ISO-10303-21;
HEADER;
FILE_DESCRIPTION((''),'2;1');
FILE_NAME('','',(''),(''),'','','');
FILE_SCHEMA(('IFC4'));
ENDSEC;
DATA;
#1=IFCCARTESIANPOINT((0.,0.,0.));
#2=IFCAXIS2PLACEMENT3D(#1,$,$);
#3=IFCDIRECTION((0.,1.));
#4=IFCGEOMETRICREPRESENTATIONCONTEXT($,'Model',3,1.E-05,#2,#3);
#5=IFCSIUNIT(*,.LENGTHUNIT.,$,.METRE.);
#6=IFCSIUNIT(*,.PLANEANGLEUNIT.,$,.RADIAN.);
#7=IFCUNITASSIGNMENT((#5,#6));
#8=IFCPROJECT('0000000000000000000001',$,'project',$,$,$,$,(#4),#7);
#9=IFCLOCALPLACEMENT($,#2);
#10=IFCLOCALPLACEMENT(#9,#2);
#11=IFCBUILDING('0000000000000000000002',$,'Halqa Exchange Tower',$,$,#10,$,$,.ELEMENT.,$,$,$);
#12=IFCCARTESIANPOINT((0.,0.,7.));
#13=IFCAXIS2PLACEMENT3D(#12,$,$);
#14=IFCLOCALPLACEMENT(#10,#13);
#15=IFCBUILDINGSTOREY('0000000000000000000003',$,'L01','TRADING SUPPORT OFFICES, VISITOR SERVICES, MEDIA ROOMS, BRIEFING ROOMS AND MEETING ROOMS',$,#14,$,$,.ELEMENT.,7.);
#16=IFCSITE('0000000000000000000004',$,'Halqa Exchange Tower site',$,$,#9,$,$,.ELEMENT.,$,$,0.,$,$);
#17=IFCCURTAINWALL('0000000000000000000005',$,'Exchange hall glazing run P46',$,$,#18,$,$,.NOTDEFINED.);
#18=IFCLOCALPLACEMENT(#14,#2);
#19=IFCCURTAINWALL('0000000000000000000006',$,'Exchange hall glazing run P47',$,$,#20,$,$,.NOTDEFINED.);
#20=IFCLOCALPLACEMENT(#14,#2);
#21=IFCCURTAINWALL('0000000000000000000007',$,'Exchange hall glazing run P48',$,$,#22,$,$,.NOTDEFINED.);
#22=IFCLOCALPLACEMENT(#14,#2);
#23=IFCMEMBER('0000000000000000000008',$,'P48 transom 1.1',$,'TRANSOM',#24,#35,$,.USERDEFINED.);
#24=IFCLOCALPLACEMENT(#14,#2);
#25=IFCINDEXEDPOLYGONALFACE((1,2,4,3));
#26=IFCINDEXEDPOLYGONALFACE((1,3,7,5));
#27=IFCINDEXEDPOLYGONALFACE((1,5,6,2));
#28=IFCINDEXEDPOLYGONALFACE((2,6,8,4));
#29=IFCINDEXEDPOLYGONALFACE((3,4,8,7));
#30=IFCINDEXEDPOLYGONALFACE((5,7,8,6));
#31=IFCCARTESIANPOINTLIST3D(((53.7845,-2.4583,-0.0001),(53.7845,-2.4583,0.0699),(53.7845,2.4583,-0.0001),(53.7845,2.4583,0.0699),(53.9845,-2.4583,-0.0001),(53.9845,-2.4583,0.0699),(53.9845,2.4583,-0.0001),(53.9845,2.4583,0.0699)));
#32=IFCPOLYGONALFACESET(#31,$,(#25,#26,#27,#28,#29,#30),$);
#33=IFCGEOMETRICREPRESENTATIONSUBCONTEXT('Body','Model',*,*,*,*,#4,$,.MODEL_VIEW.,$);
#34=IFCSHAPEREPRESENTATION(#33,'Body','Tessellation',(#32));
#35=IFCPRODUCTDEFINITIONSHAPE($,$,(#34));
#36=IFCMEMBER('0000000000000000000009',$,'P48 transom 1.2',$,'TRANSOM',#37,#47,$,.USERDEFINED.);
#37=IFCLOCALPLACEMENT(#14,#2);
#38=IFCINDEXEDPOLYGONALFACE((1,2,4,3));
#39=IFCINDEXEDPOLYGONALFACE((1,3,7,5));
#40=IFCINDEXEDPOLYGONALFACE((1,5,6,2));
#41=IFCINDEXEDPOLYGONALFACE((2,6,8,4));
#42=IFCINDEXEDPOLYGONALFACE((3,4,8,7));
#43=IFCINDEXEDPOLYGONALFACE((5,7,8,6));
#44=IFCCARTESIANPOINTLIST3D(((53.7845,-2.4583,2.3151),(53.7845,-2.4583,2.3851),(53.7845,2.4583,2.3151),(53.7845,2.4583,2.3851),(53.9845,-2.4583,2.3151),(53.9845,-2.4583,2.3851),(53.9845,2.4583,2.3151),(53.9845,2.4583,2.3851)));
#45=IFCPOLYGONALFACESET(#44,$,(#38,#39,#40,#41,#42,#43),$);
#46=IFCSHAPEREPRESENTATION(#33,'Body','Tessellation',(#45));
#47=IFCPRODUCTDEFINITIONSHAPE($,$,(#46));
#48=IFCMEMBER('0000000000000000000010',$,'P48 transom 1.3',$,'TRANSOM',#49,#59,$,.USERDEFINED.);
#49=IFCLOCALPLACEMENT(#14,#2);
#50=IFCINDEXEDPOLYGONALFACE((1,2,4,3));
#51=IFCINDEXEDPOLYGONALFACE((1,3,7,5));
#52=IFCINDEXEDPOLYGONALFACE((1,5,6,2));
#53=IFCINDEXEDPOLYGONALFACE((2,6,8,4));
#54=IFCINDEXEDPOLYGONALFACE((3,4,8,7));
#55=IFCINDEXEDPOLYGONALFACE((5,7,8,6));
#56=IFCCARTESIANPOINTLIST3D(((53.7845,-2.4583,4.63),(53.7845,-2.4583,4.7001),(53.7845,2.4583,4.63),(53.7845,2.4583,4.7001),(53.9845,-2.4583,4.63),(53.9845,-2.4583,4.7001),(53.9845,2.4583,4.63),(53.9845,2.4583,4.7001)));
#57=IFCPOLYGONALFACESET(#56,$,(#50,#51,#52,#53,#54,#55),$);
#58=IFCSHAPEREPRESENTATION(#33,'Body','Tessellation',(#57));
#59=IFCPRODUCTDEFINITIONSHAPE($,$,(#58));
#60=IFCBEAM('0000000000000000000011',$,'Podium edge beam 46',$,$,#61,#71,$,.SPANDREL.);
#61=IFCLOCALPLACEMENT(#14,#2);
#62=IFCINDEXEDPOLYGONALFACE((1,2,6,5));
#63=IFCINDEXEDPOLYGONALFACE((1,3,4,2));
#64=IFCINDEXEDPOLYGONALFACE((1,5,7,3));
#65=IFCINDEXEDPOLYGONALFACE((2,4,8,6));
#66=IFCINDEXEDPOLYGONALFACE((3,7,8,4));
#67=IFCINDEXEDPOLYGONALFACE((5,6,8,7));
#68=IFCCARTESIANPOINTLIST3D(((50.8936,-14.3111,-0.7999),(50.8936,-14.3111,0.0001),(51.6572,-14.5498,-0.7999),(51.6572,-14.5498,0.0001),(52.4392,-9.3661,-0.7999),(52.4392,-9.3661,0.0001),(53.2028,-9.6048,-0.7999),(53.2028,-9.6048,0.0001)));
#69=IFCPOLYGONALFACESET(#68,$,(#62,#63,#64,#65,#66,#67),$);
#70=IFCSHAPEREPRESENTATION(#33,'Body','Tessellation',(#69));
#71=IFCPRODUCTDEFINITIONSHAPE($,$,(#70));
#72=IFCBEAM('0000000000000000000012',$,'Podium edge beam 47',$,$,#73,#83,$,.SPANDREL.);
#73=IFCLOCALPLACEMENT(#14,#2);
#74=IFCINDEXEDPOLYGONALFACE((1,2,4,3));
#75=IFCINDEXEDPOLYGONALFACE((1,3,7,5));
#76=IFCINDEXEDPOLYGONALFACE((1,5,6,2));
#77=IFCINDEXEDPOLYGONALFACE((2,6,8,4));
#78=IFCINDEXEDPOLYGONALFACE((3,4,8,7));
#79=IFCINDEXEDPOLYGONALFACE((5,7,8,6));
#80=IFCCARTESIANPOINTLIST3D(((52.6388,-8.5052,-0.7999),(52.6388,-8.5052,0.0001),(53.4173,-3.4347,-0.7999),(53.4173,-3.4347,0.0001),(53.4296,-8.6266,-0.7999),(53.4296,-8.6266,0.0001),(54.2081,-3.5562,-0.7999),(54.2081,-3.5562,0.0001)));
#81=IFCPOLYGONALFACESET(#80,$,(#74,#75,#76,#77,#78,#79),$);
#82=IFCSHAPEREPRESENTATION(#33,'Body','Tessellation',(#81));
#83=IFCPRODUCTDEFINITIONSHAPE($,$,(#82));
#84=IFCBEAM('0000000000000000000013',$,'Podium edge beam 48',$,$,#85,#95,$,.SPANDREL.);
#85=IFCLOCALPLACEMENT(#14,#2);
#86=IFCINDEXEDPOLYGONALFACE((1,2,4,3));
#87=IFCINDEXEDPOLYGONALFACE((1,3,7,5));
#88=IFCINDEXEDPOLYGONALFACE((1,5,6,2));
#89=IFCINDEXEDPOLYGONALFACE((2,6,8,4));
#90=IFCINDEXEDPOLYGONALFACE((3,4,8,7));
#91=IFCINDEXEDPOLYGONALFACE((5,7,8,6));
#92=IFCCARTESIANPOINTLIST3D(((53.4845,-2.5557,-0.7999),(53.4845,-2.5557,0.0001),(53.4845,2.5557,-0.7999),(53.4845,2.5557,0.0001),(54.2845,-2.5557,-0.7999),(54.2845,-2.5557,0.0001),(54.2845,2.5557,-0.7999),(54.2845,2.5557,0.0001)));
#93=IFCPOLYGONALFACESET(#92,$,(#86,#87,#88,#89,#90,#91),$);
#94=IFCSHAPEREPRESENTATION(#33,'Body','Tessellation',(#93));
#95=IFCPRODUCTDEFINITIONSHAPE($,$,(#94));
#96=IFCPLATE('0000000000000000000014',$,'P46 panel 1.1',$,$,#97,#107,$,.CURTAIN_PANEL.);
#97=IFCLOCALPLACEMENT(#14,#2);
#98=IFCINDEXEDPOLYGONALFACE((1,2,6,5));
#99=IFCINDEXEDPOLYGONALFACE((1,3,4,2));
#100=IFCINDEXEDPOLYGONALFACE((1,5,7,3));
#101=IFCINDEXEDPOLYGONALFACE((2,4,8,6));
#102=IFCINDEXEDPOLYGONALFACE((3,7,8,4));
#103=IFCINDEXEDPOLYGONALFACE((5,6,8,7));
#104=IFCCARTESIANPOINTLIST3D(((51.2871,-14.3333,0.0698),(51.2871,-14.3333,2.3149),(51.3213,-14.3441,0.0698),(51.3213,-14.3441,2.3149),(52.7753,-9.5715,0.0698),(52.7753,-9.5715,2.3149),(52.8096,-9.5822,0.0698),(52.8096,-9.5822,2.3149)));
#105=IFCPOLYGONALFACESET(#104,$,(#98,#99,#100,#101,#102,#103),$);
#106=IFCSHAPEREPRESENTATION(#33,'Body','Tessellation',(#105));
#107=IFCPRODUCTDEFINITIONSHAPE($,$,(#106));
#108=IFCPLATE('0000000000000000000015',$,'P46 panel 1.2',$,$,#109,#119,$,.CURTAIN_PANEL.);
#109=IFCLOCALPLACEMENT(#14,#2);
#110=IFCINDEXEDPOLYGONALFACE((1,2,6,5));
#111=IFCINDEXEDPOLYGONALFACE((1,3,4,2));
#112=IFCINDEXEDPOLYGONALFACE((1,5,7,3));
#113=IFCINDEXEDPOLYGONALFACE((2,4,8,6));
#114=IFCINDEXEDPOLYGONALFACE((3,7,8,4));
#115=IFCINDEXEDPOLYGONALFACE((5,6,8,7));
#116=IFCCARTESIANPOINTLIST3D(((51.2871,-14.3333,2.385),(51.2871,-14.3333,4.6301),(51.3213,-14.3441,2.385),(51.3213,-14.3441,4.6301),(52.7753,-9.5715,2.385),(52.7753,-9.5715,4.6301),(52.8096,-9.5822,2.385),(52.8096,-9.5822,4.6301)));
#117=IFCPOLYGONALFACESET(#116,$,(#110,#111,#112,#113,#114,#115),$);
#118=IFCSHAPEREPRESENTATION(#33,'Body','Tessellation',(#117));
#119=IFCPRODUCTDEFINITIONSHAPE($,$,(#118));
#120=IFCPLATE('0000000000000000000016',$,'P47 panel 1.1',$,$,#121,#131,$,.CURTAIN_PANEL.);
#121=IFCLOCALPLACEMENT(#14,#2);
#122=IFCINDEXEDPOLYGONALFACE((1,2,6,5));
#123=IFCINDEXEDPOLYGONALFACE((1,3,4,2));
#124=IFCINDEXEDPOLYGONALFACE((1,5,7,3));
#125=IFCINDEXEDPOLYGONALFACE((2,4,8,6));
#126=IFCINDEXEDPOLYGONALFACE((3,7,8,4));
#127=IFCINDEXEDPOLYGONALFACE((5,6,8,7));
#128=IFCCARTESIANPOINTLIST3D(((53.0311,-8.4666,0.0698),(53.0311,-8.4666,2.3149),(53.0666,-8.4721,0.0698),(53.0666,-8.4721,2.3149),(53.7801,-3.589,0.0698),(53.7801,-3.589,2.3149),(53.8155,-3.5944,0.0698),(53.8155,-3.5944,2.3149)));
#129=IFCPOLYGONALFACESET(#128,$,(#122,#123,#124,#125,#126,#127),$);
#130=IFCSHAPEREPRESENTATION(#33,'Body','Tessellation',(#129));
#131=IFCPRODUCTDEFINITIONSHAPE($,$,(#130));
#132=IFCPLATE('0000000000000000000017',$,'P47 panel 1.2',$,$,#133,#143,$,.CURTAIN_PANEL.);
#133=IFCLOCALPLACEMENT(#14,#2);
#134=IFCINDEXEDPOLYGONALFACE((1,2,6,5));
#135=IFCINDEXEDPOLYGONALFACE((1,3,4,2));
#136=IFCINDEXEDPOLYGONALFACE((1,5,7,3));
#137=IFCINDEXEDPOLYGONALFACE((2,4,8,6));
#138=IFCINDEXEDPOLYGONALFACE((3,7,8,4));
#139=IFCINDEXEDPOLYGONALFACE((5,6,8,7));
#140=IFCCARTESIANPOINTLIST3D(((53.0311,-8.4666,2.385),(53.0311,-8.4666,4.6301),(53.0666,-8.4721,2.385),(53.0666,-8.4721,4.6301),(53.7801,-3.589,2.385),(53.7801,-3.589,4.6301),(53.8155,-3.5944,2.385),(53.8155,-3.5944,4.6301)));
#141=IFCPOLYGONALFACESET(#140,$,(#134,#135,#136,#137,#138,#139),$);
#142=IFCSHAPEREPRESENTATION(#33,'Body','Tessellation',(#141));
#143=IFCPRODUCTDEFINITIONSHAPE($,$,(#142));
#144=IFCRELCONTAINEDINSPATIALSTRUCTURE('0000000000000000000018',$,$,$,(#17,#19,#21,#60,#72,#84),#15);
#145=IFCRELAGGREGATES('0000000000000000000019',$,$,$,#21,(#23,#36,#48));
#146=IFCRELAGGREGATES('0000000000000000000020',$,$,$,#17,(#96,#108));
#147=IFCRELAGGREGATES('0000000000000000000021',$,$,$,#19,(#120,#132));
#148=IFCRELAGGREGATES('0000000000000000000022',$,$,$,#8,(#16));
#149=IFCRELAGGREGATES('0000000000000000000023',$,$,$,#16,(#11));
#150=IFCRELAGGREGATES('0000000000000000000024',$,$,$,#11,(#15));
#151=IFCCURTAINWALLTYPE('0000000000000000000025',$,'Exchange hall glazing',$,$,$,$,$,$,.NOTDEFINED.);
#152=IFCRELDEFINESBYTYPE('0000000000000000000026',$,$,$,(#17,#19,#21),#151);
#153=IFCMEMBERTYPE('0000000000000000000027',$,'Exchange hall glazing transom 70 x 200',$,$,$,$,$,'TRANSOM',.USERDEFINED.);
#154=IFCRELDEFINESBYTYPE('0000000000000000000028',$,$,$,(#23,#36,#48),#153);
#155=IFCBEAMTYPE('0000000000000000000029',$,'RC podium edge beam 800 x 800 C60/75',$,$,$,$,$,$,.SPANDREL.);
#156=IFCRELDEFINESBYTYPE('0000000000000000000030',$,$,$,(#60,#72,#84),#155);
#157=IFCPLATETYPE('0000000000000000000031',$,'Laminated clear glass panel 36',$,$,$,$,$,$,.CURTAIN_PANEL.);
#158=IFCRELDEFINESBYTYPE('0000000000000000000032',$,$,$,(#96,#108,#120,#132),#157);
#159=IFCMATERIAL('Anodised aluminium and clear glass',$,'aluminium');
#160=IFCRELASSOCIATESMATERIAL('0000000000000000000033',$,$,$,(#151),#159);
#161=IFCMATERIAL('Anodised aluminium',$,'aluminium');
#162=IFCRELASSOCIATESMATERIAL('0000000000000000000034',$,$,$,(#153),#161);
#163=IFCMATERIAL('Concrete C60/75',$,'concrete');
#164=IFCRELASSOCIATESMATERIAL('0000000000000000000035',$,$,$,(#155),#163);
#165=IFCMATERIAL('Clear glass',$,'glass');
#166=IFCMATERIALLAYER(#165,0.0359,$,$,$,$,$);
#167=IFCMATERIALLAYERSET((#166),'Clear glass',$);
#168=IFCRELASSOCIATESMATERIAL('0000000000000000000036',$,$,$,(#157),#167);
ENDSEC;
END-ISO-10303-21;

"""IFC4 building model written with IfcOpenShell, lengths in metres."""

from ifc_helpers import new_model, si_unit, direction, frame, origin, origin_2d, place, context, subcontext, project, spatial, rectangle, extrude, material, layer, layer_set, material_profile, profile_set, type_object, element, aggregate, save


model = new_model("IFC4")

# Units and contexts
model_context = context("Model", 3, precision=1e-05, world=origin(), true_north=direction((0.0, 1.0)))
body_context = subcontext(model_context, "Body", "Model", "MODEL_VIEW")
ifc_project = project(units=[si_unit("LENGTHUNIT", "METRE"), si_unit("PLANEANGLEUNIT", "RADIAN")], contexts=[model_context])

# Site, building, storey
site_placement = place(None, origin())
site = spatial("IfcSite", under=ifc_project, at=site_placement, Name="Halqa Exchange Tower site", CompositionType="ELEMENT", RefElevation=0.0)
building_placement = place(site_placement, origin())
building = spatial("IfcBuilding", under=site, at=building_placement, Name="Halqa Exchange Tower", CompositionType="ELEMENT")
storey_placement = place(building_placement, frame((0.0, 0.0, 7.0)))
storey = spatial("IfcBuildingStorey", under=building, at=storey_placement, Name="L01", Description="TRADING SUPPORT OFFICES, VISITOR SERVICES, MEDIA ROOMS, BRIEFING ROOMS AND MEETING ROOMS", CompositionType="ELEMENT", Elevation=7.0)

# Shared definitions
ifc_material_1 = material(Name="Concrete C60/75", Category="concrete")

# Shared definitions
ifc_material_2 = material(Name="Anodised aluminium and clear glass", Category="aluminium")
curtain_wall_type = type_object("IfcCurtainWallType", Name="Exchange hall glazing", PredefinedType="NOTDEFINED", material=ifc_material_2)
ifc_material_3 = material(Name="Anodised aluminium", Category="aluminium")

# Curtain walls
curtain_wall_1_placement = place(storey_placement, origin())
curtain_wall_1 = element("IfcCurtainWall", 1, at=curtain_wall_1_placement, inside=storey, type_object=curtain_wall_type, Name="Exchange hall glazing run P46", PredefinedType="NOTDEFINED")
curtain_wall_2_placement = place(storey_placement, origin())
curtain_wall_2 = element("IfcCurtainWall", 2, at=curtain_wall_2_placement, inside=storey, type_object=curtain_wall_type, Name="Exchange hall glazing run P47", PredefinedType="NOTDEFINED")

# Curtain wall
curtain_wall_3_placement = place(storey_placement, origin())
curtain_wall_3 = element("IfcCurtainWall", 3, at=curtain_wall_3_placement, inside=storey, type_object=curtain_wall_type, Name="Exchange hall glazing run P48", PredefinedType="NOTDEFINED")

# Members
ifc_material_profile_1 = material_profile(ifc_material_3, rectangle(XDim=0.2, YDim=0.0701, at=origin_2d()), Name="AL 70x200")
ifc_profile_set_1 = profile_set([ifc_material_profile_1], Name="Anodised aluminium")
member_type_1 = type_object("IfcMemberType", Name="Exchange hall glazing transom 70 x 200", ElementType="TRANSOM", PredefinedType="USERDEFINED", material=ifc_profile_set_1)
member_1_placement = place(storey_placement, frame((53.8845, -2.4583, 0.0349), z_axis=(0.0, 1.0, 0.0), x_axis=(-1.0, 0.0, 0.0)))
member_1 = element("IfcMember", 4, at=member_1_placement, type_object=member_type_1, Name="P48 transom 1.1", ObjectType="TRANSOM", PredefinedType="USERDEFINED", context=body_context, shape_type="SweptSolid", body=[
    extrude(rectangle(XDim=0.2, YDim=0.0701, at=origin_2d()), origin(), (0.0, 0.0, 1.0), 4.9165),
])
member_2_placement = place(storey_placement, frame((53.8845, -2.4583, 2.3501), z_axis=(0.0, 1.0, 0.0), x_axis=(-1.0, 0.0, 0.0)))
member_2 = element("IfcMember", 5, at=member_2_placement, type_object=member_type_1, Name="P48 transom 1.2", ObjectType="TRANSOM", PredefinedType="USERDEFINED", context=body_context, shape_type="SweptSolid", body=[
    extrude(rectangle(XDim=0.2, YDim=0.0701, at=origin_2d()), origin(), (0.0, 0.0, 1.0), 4.9165),
])
member_3_placement = place(storey_placement, frame((53.8845, -2.4583, 4.665), z_axis=(0.0, 1.0, 0.0), x_axis=(-1.0, 0.0, 0.0)))
member_3 = element("IfcMember", 6, at=member_3_placement, type_object=member_type_1, Name="P48 transom 1.3", ObjectType="TRANSOM", PredefinedType="USERDEFINED", context=body_context, shape_type="SweptSolid", body=[
    extrude(rectangle(XDim=0.2, YDim=0.0701, at=origin_2d()), origin(), (0.0, 0.0, 1.0), 4.9165),
])
aggregate(curtain_wall_3, [member_1, member_2, member_3])

# Beams
ifc_material_profile_2 = material_profile(ifc_material_1, rectangle(XDim=0.8, YDim=0.8, at=origin_2d()), Name="800 x 800")
ifc_profile_set_2 = profile_set([ifc_material_profile_2], Name="Concrete C60/75")
beam_type = type_object("IfcBeamType", Name="RC podium edge beam 800 x 800 C60/75", PredefinedType="SPANDREL", material=ifc_profile_set_2)
beam_1_placement = place(storey_placement, frame((51.2754, -14.4304, -0.3999), z_axis=(0.298331, 0.954462, 0.0), x_axis=(-0.954462, 0.298331, 0.0)))
element("IfcBeam", 7, at=beam_1_placement, inside=storey, type_object=beam_type, Name="Podium edge beam 46", PredefinedType="SPANDREL", context=body_context, shape_type="SweptSolid", body=[
    extrude(rectangle(XDim=0.8, YDim=0.8, at=origin_2d()), origin(), (0.0, 0.0, 1.0), 5.1809),
])
beam_2_placement = place(storey_placement, frame((53.0342, -8.5659, -0.3999), z_axis=(0.151768, 0.988416, 0.0), x_axis=(-0.988416, 0.151768, 0.0)))
element("IfcBeam", 8, at=beam_2_placement, inside=storey, type_object=beam_type, Name="Podium edge beam 47", PredefinedType="SPANDREL", context=body_context, shape_type="SweptSolid", body=[
    extrude(rectangle(XDim=0.8, YDim=0.8, at=origin_2d()), origin(), (0.0, 0.0, 1.0), 5.1299),
])
beam_3_placement = place(storey_placement, frame((53.8845, -2.5557, -0.3999), z_axis=(0.0, 1.0, 0.0), x_axis=(-1.0, 0.0, 0.0)))
element("IfcBeam", 9, at=beam_3_placement, inside=storey, type_object=beam_type, Name="Podium edge beam 48", PredefinedType="SPANDREL", context=body_context, shape_type="SweptSolid", body=[
    extrude(rectangle(XDim=0.8, YDim=0.8, at=origin_2d()), origin(), (0.0, 0.0, 1.0), 5.1113),
])

# Plates
ifc_material_4 = material(Name="Clear glass", Category="glass")
ifc_layer = layer(ifc_material_4, 0.0359)
ifc_layer_set = layer_set([ifc_layer], Name="Clear glass")
plate_type = type_object("IfcPlateType", Name="Laminated clear glass panel 36", PredefinedType="CURTAIN_PANEL", material=ifc_layer_set)
plate_1_placement = place(storey_placement, frame((52.0483, -11.9578, 0.0698), z_axis=(0.0, 0.0, 1.0), x_axis=(0.298303, 0.954471, 0.0)))
plate_1 = element("IfcPlate", 10, at=plate_1_placement, type_object=plate_type, Name="P46 panel 1.1", PredefinedType="CURTAIN_PANEL", context=body_context, shape_type="SweptSolid", body=[
    extrude(rectangle(XDim=4.989, YDim=0.0359, at=origin_2d()), origin(), (0.0, 0.0, 1.0), 2.2451),
])
plate_2_placement = place(storey_placement, frame((52.0483, -11.9578, 2.385), z_axis=(0.0, 0.0, 1.0), x_axis=(0.298303, 0.954471, 0.0)))
plate_2 = element("IfcPlate", 11, at=plate_2_placement, type_object=plate_type, Name="P46 panel 1.2", PredefinedType="CURTAIN_PANEL", context=body_context, shape_type="SweptSolid", body=[
    extrude(rectangle(XDim=4.989, YDim=0.0359, at=origin_2d()), origin(), (0.0, 0.0, 1.0), 2.2451),
])
aggregate(curtain_wall_1, [plate_1, plate_2])
plate_3_placement = place(storey_placement, frame((53.4233, -6.0305, 0.0698), z_axis=(0.0, 0.0, 1.0), x_axis=(0.151767, 0.988416, 0.0)))
plate_3 = element("IfcPlate", 12, at=plate_3_placement, type_object=plate_type, Name="P47 panel 1.1", PredefinedType="CURTAIN_PANEL", context=body_context, shape_type="SweptSolid", body=[
    extrude(rectangle(XDim=4.9348, YDim=0.0359, at=origin_2d()), origin(), (0.0, 0.0, 1.0), 2.2451),
])
plate_4_placement = place(storey_placement, frame((53.4233, -6.0305, 2.385), z_axis=(0.0, 0.0, 1.0), x_axis=(0.151767, 0.988416, 0.0)))
plate_4 = element("IfcPlate", 13, at=plate_4_placement, type_object=plate_type, Name="P47 panel 1.2", PredefinedType="CURTAIN_PANEL", context=body_context, shape_type="SweptSolid", body=[
    extrude(rectangle(XDim=4.9348, YDim=0.0359, at=origin_2d()), origin(), (0.0, 0.0, 1.0), 2.2451),
])
aggregate(curtain_wall_2, [plate_3, plate_4])

save(model, "model.ifc")
